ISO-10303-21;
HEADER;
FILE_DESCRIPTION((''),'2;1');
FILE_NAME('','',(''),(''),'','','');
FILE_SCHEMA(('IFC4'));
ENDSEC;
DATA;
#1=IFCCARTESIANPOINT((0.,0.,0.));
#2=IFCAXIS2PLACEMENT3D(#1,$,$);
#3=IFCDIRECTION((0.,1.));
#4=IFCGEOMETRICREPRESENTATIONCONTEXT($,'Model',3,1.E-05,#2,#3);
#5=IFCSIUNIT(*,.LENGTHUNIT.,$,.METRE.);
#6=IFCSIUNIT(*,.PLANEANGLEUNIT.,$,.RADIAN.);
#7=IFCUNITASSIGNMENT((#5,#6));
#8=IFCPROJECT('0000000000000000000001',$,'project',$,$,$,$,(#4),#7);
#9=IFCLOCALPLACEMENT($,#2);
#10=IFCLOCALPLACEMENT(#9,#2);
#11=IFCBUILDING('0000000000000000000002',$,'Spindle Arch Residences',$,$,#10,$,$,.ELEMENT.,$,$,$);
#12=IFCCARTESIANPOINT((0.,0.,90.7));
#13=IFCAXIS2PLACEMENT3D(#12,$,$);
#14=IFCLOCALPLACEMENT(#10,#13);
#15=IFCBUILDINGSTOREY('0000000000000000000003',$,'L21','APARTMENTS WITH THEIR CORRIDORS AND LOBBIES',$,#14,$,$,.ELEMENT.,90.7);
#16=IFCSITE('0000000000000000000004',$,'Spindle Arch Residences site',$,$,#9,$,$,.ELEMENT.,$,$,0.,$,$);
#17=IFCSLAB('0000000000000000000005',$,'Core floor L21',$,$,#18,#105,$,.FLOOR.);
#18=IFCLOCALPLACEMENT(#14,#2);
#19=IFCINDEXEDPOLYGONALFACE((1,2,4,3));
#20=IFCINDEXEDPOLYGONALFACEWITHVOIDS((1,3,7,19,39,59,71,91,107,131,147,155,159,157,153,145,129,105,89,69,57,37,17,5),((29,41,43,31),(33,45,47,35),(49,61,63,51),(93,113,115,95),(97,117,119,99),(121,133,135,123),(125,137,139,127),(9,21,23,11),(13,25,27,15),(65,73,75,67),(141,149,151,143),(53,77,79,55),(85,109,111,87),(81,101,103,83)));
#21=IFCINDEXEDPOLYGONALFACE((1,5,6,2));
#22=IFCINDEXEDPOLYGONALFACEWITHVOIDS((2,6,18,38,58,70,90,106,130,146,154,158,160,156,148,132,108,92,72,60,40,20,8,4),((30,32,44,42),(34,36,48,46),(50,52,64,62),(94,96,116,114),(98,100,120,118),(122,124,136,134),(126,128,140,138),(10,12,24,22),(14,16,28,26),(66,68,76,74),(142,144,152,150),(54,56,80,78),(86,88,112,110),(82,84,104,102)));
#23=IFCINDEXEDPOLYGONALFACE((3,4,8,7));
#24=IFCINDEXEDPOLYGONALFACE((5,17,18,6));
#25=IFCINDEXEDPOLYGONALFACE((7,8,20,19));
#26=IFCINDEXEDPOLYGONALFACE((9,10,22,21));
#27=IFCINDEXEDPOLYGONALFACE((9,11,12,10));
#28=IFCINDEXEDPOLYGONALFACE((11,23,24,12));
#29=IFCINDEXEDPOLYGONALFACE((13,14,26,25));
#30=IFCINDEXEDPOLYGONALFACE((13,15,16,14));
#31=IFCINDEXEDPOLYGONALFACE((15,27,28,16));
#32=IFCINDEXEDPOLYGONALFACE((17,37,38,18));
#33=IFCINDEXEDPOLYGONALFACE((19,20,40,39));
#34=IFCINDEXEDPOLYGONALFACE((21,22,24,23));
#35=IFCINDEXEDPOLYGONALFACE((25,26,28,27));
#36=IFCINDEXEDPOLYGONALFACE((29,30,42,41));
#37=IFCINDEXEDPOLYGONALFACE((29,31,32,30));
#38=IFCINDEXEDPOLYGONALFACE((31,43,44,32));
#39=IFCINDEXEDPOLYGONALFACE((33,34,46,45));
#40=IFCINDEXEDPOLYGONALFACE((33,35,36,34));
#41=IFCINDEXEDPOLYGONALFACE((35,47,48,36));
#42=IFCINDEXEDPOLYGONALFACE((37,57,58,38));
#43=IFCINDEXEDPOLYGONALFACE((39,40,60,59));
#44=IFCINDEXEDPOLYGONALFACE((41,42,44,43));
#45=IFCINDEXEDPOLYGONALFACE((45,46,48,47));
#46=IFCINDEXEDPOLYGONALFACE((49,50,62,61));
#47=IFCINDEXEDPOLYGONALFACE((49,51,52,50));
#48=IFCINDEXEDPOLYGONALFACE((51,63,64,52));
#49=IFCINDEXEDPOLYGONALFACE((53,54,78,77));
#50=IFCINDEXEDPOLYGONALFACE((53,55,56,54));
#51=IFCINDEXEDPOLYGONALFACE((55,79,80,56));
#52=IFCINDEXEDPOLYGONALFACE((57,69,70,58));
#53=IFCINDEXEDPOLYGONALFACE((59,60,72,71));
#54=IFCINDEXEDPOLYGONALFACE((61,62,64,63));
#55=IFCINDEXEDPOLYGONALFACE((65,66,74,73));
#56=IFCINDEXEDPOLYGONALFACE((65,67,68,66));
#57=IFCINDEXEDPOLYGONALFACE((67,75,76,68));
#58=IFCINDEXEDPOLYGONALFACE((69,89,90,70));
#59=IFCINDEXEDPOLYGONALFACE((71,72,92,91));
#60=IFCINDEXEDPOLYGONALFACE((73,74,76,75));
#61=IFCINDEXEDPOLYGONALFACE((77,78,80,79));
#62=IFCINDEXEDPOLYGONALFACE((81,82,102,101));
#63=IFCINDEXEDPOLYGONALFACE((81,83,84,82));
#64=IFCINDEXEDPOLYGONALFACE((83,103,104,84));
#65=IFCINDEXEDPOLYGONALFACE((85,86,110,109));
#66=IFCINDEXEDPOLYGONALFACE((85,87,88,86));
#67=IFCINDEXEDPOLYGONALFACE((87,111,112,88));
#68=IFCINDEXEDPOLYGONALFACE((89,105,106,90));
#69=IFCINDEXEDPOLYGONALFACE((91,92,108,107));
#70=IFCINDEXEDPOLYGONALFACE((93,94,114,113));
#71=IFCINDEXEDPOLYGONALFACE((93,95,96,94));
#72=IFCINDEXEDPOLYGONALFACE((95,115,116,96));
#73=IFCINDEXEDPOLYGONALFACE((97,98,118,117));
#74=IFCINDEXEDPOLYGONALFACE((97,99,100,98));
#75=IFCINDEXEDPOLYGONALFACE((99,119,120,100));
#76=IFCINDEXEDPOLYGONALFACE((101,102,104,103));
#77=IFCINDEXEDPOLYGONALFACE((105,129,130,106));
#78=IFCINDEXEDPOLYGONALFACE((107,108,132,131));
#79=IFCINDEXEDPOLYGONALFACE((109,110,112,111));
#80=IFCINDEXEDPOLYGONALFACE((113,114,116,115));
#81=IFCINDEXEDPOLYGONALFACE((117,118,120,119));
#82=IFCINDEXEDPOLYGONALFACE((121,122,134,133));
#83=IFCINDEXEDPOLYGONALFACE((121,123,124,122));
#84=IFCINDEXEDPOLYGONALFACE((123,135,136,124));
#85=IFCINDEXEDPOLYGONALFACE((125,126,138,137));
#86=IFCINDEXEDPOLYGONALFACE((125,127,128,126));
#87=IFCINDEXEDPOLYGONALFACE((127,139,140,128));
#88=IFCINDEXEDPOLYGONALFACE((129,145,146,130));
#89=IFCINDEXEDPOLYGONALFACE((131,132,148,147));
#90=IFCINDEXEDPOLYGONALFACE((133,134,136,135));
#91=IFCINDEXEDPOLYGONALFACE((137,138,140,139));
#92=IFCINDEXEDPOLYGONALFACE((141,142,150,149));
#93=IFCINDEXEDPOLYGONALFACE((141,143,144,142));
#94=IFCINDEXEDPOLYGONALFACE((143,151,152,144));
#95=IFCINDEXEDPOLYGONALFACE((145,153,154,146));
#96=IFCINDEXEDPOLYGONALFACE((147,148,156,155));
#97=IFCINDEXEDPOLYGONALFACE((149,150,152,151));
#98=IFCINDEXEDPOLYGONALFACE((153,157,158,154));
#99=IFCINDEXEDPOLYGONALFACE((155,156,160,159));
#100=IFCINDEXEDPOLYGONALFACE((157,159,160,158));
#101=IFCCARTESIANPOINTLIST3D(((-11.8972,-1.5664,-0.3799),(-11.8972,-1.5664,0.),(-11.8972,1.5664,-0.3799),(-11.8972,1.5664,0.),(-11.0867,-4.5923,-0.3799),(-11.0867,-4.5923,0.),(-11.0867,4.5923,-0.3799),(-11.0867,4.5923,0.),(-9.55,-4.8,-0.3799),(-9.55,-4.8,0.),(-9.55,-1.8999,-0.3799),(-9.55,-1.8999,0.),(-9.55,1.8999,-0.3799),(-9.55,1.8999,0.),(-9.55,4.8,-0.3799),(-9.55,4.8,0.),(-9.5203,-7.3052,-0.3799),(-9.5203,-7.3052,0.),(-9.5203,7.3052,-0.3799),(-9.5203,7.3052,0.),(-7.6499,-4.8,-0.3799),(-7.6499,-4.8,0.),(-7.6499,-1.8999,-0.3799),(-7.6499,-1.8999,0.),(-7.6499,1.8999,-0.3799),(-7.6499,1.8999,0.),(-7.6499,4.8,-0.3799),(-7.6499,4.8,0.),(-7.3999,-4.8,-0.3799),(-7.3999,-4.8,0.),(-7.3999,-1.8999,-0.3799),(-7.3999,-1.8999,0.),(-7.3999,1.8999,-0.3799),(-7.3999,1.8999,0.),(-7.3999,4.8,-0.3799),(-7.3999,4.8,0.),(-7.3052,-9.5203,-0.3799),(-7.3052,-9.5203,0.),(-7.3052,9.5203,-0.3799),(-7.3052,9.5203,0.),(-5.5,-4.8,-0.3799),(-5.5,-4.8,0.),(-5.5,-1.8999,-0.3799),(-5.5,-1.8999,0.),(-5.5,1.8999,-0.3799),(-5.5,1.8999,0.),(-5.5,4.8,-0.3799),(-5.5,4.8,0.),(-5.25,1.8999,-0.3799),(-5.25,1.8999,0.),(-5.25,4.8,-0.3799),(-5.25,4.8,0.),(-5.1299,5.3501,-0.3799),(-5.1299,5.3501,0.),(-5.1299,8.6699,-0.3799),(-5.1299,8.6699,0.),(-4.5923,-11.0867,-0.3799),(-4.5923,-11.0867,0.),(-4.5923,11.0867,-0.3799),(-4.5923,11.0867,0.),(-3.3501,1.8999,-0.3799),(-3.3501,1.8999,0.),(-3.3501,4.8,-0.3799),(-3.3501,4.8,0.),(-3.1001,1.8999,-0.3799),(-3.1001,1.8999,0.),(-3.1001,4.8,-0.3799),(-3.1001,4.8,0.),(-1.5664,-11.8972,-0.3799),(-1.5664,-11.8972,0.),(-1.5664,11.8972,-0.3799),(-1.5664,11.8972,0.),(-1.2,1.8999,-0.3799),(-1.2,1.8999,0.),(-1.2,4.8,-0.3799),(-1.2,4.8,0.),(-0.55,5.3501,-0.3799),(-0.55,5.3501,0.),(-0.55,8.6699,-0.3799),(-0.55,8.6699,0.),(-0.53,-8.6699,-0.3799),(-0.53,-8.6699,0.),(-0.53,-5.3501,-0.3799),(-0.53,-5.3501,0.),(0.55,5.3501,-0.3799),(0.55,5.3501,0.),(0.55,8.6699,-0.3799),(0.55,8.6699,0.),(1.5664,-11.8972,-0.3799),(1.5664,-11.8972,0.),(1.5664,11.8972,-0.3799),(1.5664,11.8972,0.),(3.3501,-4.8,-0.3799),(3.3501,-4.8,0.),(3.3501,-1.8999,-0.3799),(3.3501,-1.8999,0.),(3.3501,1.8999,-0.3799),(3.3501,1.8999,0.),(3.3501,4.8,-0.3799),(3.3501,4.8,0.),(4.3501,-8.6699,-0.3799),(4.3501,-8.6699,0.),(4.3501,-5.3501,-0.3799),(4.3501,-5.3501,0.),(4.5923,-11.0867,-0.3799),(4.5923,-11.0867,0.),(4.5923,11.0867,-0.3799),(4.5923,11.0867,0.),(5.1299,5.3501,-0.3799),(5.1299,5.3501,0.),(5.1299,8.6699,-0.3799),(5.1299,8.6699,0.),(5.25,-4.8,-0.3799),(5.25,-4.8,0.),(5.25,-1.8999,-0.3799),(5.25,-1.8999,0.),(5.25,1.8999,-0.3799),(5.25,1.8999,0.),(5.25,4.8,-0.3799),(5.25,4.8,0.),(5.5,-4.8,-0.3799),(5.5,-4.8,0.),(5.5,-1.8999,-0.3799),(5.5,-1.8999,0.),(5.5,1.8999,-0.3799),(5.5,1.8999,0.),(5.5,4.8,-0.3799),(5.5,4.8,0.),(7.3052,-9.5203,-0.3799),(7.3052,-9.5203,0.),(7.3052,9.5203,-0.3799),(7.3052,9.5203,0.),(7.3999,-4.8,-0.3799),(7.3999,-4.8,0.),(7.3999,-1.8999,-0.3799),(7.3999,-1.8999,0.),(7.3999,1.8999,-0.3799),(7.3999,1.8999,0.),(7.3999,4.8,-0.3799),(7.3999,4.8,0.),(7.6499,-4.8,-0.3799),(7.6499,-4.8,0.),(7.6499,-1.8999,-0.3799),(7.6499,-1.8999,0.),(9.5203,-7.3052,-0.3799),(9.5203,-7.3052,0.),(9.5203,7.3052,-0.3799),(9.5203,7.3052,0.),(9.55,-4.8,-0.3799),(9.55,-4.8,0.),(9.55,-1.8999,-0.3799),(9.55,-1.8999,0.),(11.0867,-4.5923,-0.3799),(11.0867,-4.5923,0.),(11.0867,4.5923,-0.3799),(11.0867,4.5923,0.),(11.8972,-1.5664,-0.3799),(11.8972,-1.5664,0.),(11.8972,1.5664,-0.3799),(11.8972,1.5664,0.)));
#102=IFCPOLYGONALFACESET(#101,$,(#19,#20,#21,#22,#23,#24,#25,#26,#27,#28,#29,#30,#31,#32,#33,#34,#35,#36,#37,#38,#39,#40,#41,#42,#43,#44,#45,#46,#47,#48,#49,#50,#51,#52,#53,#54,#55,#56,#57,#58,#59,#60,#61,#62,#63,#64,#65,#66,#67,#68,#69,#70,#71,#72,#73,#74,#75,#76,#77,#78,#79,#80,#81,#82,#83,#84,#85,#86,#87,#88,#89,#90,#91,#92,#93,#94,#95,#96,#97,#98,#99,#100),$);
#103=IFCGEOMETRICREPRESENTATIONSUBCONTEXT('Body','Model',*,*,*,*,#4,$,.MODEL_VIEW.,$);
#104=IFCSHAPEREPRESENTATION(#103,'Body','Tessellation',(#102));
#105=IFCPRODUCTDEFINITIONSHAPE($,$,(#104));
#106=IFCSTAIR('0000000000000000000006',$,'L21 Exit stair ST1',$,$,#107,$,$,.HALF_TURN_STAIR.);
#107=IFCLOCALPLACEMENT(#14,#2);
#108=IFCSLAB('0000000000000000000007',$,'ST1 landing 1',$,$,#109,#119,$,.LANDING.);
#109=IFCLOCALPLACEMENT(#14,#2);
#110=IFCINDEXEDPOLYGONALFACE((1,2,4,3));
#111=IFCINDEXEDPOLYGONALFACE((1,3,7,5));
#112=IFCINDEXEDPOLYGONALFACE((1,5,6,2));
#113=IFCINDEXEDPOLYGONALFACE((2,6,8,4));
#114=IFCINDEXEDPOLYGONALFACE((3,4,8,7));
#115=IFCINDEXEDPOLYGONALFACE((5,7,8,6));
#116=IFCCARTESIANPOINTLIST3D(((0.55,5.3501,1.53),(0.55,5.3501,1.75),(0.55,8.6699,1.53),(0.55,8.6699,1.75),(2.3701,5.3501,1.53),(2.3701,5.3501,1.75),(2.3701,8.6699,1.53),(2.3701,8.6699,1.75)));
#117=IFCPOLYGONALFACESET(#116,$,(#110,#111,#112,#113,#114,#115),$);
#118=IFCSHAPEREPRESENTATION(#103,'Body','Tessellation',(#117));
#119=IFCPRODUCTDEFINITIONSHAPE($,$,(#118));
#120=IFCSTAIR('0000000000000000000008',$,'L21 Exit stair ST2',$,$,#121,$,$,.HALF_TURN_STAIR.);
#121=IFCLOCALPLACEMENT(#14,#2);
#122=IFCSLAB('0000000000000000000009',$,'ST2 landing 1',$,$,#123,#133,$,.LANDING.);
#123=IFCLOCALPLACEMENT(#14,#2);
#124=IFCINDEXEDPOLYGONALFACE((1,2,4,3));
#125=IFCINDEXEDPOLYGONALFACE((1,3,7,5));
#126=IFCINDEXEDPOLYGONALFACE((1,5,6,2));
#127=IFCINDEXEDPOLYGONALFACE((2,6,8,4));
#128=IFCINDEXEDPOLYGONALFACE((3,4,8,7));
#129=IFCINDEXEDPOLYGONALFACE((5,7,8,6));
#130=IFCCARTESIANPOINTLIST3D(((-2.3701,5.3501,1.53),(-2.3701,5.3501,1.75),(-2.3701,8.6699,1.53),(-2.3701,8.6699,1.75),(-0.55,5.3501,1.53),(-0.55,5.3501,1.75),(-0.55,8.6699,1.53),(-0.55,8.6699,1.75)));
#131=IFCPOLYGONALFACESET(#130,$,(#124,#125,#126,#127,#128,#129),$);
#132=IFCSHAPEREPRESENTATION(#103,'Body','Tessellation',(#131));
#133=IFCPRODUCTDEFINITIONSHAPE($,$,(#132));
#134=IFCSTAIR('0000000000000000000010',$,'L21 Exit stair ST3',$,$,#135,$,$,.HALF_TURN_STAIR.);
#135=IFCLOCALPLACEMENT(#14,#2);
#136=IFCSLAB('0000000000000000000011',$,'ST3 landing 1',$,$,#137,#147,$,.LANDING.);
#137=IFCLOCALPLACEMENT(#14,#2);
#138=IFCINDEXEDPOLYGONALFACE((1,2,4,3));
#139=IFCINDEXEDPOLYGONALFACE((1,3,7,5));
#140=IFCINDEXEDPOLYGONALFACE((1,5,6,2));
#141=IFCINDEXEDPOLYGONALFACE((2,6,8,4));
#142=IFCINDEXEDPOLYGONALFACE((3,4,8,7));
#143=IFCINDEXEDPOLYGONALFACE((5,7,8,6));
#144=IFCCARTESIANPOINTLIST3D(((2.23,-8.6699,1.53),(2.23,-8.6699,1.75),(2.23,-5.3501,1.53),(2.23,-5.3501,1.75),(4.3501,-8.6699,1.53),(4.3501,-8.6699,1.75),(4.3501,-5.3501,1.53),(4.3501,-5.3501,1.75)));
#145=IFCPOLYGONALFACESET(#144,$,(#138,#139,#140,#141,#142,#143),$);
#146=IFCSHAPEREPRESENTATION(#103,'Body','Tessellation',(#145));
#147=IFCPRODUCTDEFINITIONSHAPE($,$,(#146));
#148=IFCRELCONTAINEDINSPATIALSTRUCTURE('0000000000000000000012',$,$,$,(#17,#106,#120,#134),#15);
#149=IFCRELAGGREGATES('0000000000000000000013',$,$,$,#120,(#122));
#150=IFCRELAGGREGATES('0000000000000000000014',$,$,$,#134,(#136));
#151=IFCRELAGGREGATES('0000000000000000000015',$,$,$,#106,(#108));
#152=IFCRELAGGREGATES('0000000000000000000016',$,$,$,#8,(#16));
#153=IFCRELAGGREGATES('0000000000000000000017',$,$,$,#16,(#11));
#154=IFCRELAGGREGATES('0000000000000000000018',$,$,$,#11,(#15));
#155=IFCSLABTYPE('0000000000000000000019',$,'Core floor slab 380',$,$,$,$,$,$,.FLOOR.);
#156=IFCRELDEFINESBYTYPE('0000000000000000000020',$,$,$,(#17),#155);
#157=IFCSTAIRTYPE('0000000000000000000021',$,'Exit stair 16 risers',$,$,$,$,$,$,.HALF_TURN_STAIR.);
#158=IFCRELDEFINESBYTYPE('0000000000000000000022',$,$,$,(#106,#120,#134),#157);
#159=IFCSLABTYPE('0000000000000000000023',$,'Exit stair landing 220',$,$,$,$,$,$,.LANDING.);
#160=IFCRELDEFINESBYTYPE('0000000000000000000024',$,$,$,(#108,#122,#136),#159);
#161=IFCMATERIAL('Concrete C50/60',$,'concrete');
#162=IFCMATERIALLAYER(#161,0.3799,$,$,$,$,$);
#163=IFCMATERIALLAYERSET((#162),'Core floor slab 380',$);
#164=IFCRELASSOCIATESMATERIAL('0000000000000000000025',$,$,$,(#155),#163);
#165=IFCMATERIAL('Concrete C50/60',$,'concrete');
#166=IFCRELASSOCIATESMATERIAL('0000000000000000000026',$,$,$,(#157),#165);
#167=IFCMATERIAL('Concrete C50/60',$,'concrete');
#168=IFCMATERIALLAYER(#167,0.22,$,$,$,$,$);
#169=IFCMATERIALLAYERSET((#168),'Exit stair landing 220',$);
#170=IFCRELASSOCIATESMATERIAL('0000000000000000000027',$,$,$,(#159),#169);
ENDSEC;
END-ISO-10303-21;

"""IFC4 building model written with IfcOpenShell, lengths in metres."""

from ifc_helpers import new_model, si_unit, direction, frame, origin, place, context, subcontext, project, spatial, polyline, outline, extrude, material, layer, layer_set, type_object, element, aggregate, save


model = new_model("IFC4")

# Units and contexts
model_context = context("Model", 3, precision=1e-05, world=origin(), true_north=direction((0.0, 1.0)))
body_context = subcontext(model_context, "Body", "Model", "MODEL_VIEW")
ifc_project = project(units=[si_unit("LENGTHUNIT", "METRE"), si_unit("PLANEANGLEUNIT", "RADIAN")], contexts=[model_context])

# Site, building, storey
site_placement = place(None, origin())
site = spatial("IfcSite", under=ifc_project, at=site_placement, Name="Spindle Arch Residences site", CompositionType="ELEMENT", RefElevation=0.0)
building_placement = place(site_placement, origin())
building = spatial("IfcBuilding", under=site, at=building_placement, Name="Spindle Arch Residences", CompositionType="ELEMENT")
storey_placement = place(building_placement, frame((0.0, 0.0, 90.7)))
storey = spatial("IfcBuildingStorey", under=building, at=storey_placement, Name="L21", Description="APARTMENTS WITH THEIR CORRIDORS AND LOBBIES", CompositionType="ELEMENT", Elevation=90.7)

# Slab
ifc_material_1 = material(Name="Concrete C50/60", Category="concrete")
ifc_layer_1 = layer(ifc_material_1, 0.3799)
ifc_layer_set_1 = layer_set([ifc_layer_1], Name="Core floor slab 380")
slab_type_1 = type_object("IfcSlabType", Name="Core floor slab 380", PredefinedType="FLOOR", material=ifc_layer_set_1)
slab_1_placement = place(storey_placement, frame((0.0, 0.0, -0.3799)))
element("IfcSlab", 1, at=slab_1_placement, inside=storey, type_object=slab_type_1, Name="Core floor L21", PredefinedType="FLOOR", context=body_context, shape_type="SweptSolid", body=[
    extrude(outline(polyline([(1.5664, -11.8972), (4.5923, -11.0867), (7.3052, -9.5203), (9.5203, -7.3052), (11.0867, -4.5923), (11.8972, -1.5664), (11.8972, 1.5664), (11.0867, 4.5923), (9.5203, 7.3052), (7.3052, 9.5203), (4.5923, 11.0867), (1.5664, 11.8972), (-1.5664, 11.8972), (-4.5923, 11.0867), (-7.3052, 9.5203), (-9.5203, 7.3052), (-11.0867, 4.5923), (-11.8972, 1.5664), (-11.8972, -1.5664), (-11.0867, -4.5923), (-9.5203, -7.3052), (-7.3052, -9.5203), (-4.5923, -11.0867), (-1.5664, -11.8972), (1.5664, -11.8972)]), holes=[polyline([(-9.55, 1.8999), (-7.6499, 1.8999), (-7.6499, 4.8), (-9.55, 4.8), (-9.55, 1.8999)]), polyline([(-7.3999, 1.8999), (-5.5, 1.8999), (-5.5, 4.8), (-7.3999, 4.8), (-7.3999, 1.8999)]), polyline([(-5.25, 1.8999), (-3.3501, 1.8999), (-3.3501, 4.8), (-5.25, 4.8), (-5.25, 1.8999)]), polyline([(-3.1001, 1.8999), (-1.2, 1.8999), (-1.2, 4.8), (-3.1001, 4.8), (-3.1001, 1.8999)]), polyline([(3.3501, 1.8999), (5.25, 1.8999), (5.25, 4.8), (3.3501, 4.8), (3.3501, 1.8999)]), polyline([(5.5, 1.8999), (7.3999, 1.8999), (7.3999, 4.8), (5.5, 4.8), (5.5, 1.8999)]), polyline([(-9.55, -4.8), (-7.6499, -4.8), (-7.6499, -1.8999), (-9.55, -1.8999), (-9.55, -4.8)]), polyline([(-7.3999, -4.8), (-5.5, -4.8), (-5.5, -1.8999), (-7.3999, -1.8999), (-7.3999, -4.8)]), polyline([(3.3501, -4.8), (5.25, -4.8), (5.25, -1.8999), (3.3501, -1.8999), (3.3501, -4.8)]), polyline([(5.5, -4.8), (7.3999, -4.8), (7.3999, -1.8999), (5.5, -1.8999), (5.5, -4.8)]), polyline([(7.6499, -4.8), (9.55, -4.8), (9.55, -1.8999), (7.6499, -1.8999), (7.6499, -4.8)]), polyline([(5.1299, 8.6699), (0.55, 8.6699), (0.55, 5.3501), (5.1299, 5.3501), (5.1299, 8.6699)]), polyline([(-5.1299, 5.3501), (-0.55, 5.3501), (-0.55, 8.6699), (-5.1299, 8.6699), (-5.1299, 5.3501)]), polyline([(-0.53, -8.6699), (4.3501, -8.6699), (4.3501, -5.3501), (-0.53, -5.3501), (-0.53, -8.6699)])]), origin(), (0.0, 0.0, 1.0), 0.3799),
])

# Stairs, slabs
ifc_material_2 = material(Name="Concrete C50/60", Category="concrete")
stair_type = type_object("IfcStairType", Name="Exit stair 16 risers", PredefinedType="HALF_TURN_STAIR", material=ifc_material_2)
stair_1_placement = place(storey_placement, origin())
stair_1 = element("IfcStair", 2, at=stair_1_placement, inside=storey, type_object=stair_type, Name="L21 Exit stair ST1", PredefinedType="HALF_TURN_STAIR")
ifc_material_3 = material(Name="Concrete C50/60", Category="concrete")
ifc_layer_2 = layer(ifc_material_3, 0.22)
ifc_layer_set_2 = layer_set([ifc_layer_2], Name="Exit stair landing 220")
slab_type_2 = type_object("IfcSlabType", Name="Exit stair landing 220", PredefinedType="LANDING", material=ifc_layer_set_2)
slab_2_placement = place(storey_placement, frame((0.0, 0.0, 1.53)))
slab_2 = element("IfcSlab", 3, at=slab_2_placement, type_object=slab_type_2, Name="ST1 landing 1", PredefinedType="LANDING", context=body_context, shape_type="SweptSolid", body=[
    extrude(outline(polyline([(2.3701, 8.6699), (0.55, 8.6699), (0.55, 5.3501), (2.3701, 5.3501), (2.3701, 8.6699)])), origin(), (0.0, 0.0, 1.0), 0.22),
])
stair_2_placement = place(storey_placement, origin())
stair_2 = element("IfcStair", 4, at=stair_2_placement, inside=storey, type_object=stair_type, Name="L21 Exit stair ST2", PredefinedType="HALF_TURN_STAIR")
slab_3_placement = place(storey_placement, frame((0.0, 0.0, 1.53)))
slab_3 = element("IfcSlab", 5, at=slab_3_placement, type_object=slab_type_2, Name="ST2 landing 1", PredefinedType="LANDING", context=body_context, shape_type="SweptSolid", body=[
    extrude(outline(polyline([(-2.3701, 5.3501), (-0.55, 5.3501), (-0.55, 8.6699), (-2.3701, 8.6699), (-2.3701, 5.3501)])), origin(), (0.0, 0.0, 1.0), 0.22),
])
aggregate(stair_2, [slab_3])
stair_3_placement = place(storey_placement, origin())
stair_3 = element("IfcStair", 6, at=stair_3_placement, inside=storey, type_object=stair_type, Name="L21 Exit stair ST3", PredefinedType="HALF_TURN_STAIR")
slab_4_placement = place(storey_placement, frame((0.0, 0.0, 1.53)))
slab_4 = element("IfcSlab", 7, at=slab_4_placement, type_object=slab_type_2, Name="ST3 landing 1", PredefinedType="LANDING", context=body_context, shape_type="SweptSolid", body=[
    extrude(outline(polyline([(2.23, -8.6699), (4.3501, -8.6699), (4.3501, -5.3501), (2.23, -5.3501), (2.23, -8.6699)])), origin(), (0.0, 0.0, 1.0), 0.22),
])
aggregate(stair_3, [slab_4])

aggregate(stair_1, [slab_2])

save(model, "model.ifc")
